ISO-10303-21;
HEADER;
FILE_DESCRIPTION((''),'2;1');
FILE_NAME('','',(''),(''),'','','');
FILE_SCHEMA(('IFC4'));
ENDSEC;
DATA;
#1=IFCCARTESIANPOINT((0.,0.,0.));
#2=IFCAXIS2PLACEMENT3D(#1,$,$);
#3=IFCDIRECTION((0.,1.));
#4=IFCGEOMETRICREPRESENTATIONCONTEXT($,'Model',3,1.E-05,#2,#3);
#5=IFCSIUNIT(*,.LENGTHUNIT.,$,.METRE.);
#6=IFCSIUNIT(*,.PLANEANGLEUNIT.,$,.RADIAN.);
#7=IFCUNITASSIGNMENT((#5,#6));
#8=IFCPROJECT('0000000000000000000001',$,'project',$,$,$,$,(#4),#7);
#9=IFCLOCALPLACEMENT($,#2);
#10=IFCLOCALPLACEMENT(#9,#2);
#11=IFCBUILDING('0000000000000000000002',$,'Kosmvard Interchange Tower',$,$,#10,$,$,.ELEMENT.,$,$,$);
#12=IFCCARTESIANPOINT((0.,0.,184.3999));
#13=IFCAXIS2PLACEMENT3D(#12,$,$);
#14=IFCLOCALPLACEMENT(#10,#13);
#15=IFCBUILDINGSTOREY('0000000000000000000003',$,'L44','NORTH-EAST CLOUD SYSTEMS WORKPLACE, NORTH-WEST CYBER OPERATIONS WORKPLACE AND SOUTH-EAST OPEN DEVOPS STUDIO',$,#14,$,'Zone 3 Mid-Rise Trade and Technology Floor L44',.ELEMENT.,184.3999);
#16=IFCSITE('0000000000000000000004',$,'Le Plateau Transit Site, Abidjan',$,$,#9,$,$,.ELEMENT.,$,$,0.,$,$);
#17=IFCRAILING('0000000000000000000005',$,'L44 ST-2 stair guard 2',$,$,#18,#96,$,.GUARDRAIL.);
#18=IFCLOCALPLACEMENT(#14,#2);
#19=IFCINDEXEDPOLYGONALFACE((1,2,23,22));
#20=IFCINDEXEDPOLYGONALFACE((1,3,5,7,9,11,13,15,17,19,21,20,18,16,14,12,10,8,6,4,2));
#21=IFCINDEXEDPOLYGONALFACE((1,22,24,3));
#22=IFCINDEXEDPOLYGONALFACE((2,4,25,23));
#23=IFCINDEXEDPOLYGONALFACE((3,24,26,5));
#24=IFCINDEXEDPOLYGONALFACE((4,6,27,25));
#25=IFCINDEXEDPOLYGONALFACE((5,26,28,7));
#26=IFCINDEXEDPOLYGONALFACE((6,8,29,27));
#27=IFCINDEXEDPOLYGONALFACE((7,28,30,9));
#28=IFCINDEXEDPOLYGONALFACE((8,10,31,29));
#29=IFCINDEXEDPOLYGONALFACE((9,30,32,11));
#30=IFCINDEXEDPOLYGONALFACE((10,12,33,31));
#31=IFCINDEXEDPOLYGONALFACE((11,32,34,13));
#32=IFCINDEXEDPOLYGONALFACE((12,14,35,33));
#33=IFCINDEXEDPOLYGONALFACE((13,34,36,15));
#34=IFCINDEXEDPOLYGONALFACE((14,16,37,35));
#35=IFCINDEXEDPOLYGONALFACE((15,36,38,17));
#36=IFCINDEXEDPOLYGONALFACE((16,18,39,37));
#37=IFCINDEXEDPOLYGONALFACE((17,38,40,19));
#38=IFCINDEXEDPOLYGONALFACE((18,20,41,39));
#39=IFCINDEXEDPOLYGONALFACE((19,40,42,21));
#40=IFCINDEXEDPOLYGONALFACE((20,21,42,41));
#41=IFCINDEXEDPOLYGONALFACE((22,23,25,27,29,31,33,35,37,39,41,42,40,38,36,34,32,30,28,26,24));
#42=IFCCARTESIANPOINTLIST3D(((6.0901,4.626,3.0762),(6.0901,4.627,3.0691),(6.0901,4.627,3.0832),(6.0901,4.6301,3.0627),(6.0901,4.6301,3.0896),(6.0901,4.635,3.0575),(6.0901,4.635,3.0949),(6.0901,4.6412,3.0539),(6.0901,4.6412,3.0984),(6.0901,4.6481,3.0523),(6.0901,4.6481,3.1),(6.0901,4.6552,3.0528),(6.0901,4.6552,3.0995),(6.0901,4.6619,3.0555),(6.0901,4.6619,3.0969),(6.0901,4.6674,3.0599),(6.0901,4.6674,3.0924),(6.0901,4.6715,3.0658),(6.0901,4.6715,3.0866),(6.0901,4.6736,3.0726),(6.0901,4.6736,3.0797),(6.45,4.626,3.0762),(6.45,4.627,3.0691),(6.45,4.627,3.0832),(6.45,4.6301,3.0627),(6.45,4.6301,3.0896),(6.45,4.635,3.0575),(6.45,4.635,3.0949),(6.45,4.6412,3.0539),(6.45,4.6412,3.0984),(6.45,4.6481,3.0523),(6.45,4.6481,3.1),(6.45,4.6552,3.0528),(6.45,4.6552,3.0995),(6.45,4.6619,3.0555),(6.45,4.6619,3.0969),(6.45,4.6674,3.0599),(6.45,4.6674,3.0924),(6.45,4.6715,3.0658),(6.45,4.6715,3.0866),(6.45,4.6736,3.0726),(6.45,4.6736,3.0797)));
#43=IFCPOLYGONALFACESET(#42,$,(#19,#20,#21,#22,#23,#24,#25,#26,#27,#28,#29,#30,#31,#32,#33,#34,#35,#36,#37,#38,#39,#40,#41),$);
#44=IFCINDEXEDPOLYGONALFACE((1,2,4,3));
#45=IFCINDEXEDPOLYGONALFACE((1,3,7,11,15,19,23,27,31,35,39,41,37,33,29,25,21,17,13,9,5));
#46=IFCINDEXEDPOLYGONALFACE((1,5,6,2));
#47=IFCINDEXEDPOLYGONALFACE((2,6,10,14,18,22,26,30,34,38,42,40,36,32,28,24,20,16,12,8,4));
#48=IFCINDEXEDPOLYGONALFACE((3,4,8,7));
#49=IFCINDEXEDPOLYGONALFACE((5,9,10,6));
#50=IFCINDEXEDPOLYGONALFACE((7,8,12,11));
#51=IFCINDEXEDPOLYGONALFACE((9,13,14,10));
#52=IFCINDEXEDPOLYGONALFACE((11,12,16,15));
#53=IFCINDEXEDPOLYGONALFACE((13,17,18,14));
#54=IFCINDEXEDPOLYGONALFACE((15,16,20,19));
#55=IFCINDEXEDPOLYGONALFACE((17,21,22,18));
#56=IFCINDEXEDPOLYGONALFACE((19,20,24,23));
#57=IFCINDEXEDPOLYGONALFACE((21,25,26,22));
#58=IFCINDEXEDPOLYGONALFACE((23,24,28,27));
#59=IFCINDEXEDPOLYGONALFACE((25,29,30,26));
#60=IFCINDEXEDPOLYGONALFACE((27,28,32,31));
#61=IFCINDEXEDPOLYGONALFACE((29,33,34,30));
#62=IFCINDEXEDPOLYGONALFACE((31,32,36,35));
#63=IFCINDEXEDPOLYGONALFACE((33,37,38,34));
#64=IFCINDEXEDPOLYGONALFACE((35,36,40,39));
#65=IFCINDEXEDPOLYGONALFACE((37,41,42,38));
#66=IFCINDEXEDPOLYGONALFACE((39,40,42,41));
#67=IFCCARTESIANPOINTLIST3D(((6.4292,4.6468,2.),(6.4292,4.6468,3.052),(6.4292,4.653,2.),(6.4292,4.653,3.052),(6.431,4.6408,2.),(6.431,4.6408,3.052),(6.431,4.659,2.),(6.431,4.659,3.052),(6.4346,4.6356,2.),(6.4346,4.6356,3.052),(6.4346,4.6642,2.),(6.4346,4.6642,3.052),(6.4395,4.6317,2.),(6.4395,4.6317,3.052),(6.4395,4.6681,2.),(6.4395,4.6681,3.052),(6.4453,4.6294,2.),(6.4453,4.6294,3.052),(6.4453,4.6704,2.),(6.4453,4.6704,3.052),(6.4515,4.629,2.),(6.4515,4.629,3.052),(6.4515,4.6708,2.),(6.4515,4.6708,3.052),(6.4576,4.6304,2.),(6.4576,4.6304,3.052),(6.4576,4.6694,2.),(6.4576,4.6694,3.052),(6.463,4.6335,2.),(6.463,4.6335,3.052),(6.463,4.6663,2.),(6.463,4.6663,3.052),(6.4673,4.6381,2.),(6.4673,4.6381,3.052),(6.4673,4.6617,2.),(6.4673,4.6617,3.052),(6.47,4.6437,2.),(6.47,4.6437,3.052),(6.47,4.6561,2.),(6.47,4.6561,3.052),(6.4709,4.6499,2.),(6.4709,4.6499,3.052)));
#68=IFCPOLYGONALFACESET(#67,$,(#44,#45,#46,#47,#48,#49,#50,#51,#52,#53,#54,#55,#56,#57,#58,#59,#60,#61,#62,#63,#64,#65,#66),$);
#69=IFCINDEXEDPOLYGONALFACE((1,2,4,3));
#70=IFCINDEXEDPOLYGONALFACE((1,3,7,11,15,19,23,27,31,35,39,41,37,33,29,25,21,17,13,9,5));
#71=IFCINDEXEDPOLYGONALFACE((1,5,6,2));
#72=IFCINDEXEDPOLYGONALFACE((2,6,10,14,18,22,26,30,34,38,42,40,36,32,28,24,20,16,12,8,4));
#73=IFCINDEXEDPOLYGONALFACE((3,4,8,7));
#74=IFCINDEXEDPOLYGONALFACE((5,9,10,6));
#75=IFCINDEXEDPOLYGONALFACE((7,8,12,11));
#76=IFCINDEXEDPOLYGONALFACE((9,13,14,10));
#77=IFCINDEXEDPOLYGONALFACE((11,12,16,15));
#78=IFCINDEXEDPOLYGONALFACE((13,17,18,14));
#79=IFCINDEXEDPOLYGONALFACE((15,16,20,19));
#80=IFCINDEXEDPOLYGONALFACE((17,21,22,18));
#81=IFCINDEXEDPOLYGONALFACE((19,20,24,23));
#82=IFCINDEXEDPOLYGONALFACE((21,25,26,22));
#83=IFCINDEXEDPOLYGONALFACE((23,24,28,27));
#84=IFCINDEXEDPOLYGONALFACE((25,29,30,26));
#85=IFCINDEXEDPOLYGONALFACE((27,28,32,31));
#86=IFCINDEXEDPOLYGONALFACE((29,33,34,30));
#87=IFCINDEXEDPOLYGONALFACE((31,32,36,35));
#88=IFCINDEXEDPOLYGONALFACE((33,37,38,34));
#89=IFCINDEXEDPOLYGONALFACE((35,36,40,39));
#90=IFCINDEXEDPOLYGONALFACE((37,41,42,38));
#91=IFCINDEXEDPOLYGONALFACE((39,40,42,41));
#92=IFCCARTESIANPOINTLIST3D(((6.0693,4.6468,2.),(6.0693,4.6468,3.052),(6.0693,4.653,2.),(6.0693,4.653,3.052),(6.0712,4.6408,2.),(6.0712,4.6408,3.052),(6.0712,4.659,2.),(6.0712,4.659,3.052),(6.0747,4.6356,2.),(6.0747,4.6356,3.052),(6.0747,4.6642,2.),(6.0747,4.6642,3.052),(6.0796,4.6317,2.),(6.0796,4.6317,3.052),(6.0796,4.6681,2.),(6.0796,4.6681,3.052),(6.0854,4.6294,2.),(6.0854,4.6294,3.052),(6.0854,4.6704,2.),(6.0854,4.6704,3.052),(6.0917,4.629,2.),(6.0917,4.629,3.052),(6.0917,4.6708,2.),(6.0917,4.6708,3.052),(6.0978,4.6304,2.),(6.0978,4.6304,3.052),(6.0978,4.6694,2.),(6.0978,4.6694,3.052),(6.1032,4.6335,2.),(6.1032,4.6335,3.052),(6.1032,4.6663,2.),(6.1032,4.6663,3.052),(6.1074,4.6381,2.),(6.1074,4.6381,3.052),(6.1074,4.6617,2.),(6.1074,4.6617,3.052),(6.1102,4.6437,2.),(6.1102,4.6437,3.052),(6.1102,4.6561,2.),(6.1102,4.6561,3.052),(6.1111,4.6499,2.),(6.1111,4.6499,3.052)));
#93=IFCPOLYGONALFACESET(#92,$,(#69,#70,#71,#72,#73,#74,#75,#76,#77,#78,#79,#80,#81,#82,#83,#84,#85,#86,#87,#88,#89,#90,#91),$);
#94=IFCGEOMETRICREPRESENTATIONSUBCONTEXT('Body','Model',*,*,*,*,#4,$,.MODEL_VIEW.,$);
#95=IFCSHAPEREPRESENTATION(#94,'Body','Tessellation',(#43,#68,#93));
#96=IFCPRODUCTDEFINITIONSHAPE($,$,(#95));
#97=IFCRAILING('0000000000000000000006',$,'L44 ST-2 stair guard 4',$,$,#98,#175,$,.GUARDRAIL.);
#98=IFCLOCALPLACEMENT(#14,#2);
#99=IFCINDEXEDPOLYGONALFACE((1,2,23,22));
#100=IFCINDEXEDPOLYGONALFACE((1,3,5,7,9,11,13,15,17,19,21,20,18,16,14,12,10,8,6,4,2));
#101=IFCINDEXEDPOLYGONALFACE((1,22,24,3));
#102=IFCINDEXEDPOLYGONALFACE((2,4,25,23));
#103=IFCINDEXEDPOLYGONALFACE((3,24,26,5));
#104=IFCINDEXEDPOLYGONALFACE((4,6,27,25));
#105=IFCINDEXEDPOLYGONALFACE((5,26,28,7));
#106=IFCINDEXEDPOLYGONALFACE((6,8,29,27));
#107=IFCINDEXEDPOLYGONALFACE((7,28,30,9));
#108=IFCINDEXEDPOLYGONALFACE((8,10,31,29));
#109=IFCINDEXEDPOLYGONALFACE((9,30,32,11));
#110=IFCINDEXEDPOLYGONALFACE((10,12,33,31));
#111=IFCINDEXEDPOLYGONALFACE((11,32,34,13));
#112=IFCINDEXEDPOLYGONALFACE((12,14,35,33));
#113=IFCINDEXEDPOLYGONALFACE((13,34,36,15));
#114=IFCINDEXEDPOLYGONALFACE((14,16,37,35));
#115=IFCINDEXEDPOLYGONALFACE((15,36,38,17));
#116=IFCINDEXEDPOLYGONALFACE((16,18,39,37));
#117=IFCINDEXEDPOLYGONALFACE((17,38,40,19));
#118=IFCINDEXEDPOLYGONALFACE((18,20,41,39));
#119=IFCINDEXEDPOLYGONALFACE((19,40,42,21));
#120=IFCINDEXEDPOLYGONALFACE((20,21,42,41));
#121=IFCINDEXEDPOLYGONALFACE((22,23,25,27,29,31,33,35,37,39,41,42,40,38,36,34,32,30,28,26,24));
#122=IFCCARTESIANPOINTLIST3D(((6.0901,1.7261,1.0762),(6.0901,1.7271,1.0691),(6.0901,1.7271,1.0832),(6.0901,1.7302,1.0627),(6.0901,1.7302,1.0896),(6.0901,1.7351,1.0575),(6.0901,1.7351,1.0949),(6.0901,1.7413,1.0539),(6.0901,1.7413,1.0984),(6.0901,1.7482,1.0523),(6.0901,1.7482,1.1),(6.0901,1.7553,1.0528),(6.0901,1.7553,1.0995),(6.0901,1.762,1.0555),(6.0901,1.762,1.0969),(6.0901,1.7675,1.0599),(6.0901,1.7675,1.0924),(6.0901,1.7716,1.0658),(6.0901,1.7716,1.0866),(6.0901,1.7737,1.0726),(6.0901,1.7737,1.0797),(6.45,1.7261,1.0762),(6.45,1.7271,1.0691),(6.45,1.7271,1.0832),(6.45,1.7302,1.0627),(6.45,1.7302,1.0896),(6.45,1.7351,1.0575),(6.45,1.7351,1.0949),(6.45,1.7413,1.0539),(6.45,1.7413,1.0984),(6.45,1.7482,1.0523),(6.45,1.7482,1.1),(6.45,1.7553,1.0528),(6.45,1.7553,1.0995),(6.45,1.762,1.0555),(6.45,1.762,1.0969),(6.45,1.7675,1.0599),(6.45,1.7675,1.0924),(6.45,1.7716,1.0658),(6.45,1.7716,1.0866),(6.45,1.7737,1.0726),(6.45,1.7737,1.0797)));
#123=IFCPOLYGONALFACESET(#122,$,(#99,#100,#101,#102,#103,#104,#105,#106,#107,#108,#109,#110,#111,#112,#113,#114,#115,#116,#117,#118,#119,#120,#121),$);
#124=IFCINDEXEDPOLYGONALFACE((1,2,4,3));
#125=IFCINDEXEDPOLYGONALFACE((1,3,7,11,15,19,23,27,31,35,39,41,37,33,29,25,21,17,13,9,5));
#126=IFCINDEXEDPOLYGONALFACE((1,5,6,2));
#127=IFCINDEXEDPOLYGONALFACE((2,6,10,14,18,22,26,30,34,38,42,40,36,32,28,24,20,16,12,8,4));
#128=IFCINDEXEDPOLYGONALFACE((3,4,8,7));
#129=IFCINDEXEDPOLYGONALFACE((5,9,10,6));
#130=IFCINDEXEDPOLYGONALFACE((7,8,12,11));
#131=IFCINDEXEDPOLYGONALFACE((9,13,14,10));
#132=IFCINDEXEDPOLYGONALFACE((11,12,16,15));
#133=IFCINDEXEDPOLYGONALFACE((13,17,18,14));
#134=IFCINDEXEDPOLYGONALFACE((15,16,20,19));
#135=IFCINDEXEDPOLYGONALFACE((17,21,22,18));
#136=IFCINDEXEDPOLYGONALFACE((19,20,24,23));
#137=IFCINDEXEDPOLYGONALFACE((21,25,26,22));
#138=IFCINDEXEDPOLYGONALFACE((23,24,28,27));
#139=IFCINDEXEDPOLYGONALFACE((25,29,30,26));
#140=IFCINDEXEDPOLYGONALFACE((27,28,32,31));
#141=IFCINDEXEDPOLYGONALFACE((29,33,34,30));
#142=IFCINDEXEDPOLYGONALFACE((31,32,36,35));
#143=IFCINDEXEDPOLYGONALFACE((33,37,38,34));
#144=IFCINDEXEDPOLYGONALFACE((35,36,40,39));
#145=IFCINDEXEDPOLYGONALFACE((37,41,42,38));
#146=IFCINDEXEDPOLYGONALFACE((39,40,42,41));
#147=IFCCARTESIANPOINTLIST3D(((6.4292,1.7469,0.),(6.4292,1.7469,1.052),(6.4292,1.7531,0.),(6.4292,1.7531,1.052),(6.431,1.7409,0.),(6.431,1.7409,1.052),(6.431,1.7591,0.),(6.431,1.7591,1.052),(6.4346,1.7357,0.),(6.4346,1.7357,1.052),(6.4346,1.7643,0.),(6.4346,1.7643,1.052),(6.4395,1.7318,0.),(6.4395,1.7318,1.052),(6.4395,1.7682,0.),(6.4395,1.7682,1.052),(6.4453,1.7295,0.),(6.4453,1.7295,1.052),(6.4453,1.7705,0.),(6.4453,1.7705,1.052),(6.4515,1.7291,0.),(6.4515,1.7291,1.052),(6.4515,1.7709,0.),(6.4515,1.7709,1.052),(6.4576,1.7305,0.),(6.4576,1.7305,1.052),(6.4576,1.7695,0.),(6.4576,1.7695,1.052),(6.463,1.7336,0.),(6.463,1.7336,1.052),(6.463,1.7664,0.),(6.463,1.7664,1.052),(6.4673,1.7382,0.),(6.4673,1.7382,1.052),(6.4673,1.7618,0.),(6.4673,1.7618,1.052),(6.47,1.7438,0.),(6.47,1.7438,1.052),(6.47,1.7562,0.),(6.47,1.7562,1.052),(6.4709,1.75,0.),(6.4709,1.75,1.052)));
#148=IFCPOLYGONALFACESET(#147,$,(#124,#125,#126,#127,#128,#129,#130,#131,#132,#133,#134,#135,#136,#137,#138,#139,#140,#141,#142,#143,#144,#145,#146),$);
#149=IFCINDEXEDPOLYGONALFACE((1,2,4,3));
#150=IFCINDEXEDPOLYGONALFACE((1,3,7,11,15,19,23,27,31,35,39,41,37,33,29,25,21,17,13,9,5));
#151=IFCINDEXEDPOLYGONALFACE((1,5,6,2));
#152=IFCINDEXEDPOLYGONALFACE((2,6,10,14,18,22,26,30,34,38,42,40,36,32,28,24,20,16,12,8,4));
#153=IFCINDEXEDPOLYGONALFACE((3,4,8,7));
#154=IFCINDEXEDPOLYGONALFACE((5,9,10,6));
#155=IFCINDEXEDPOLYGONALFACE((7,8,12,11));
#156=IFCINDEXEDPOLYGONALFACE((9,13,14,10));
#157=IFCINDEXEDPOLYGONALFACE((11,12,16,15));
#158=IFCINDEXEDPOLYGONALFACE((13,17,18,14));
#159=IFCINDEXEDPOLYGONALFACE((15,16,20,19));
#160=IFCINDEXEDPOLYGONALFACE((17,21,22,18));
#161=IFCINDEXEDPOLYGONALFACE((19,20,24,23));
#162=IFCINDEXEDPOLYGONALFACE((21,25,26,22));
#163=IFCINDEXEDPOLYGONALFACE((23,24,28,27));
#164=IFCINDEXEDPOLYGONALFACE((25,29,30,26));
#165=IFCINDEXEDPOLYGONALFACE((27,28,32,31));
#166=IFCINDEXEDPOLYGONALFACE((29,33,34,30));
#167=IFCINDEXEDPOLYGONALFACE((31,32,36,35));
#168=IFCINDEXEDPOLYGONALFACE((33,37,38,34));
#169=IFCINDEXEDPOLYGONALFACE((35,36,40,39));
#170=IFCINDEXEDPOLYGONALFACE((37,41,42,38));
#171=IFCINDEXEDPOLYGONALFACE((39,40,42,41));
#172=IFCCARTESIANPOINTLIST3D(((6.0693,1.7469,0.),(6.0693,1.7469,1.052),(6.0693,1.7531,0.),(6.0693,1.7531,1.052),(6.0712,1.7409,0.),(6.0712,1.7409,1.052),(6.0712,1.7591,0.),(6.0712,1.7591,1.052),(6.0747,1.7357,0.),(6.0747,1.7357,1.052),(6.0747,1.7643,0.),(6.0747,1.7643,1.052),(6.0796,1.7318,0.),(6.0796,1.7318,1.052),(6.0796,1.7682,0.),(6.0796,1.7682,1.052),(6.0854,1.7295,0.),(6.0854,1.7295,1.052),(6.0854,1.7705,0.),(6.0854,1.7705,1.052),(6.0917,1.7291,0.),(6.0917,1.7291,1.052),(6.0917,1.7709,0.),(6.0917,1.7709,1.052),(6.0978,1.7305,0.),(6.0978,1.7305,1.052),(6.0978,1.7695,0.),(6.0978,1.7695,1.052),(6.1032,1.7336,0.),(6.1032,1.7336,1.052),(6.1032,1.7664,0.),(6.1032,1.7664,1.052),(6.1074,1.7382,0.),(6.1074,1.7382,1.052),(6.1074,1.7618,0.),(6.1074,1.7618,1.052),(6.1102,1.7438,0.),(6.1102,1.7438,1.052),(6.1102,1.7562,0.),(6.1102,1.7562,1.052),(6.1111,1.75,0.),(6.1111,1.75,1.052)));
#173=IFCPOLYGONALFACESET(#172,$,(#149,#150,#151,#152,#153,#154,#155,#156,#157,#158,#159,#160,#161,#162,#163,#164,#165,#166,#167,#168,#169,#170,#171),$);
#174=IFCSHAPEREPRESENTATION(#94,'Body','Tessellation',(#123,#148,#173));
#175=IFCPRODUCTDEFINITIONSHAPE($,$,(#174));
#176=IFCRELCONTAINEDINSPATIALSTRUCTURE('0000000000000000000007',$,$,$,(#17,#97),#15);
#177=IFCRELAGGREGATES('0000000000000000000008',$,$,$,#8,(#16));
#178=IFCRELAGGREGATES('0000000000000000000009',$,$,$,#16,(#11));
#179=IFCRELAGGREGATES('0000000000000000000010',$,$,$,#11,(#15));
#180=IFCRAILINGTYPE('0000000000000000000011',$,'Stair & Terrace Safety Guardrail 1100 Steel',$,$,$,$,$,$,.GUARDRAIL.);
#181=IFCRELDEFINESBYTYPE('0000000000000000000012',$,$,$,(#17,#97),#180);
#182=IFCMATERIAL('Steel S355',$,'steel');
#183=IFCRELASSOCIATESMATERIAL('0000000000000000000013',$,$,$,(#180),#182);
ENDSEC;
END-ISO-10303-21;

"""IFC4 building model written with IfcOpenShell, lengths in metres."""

from ifc_helpers import new_model, si_unit, direction, frame, origin, origin_2d, place, context, subcontext, project, spatial, circle, extrude, source, transform, mapped, material, type_object, element, save


model = new_model("IFC4")

# Units and contexts
model_context = context("Model", 3, precision=1e-05, world=origin(), true_north=direction((0.0, 1.0)))
body_context = subcontext(model_context, "Body", "Model", "MODEL_VIEW")
ifc_project = project(units=[si_unit("LENGTHUNIT", "METRE"), si_unit("PLANEANGLEUNIT", "RADIAN")], contexts=[model_context])

# Site, building, storey
site_placement = place(None, origin())
site = spatial("IfcSite", under=ifc_project, at=site_placement, Name="Le Plateau Transit Site, Abidjan", CompositionType="ELEMENT", RefElevation=0.0)
building_placement = place(site_placement, origin())
building = spatial("IfcBuilding", under=site, at=building_placement, Name="Kosmvard Interchange Tower", CompositionType="ELEMENT")
storey_placement = place(building_placement, frame((0.0, 0.0, 184.3999)))
storey = spatial("IfcBuildingStorey", under=building, at=storey_placement, Name="L44", Description="NORTH-EAST CLOUD SYSTEMS WORKPLACE, NORTH-WEST CYBER OPERATIONS WORKPLACE AND SOUTH-EAST OPEN DEVOPS STUDIO", LongName="Zone 3 Mid-Rise Trade and Technology Floor L44", CompositionType="ELEMENT", Elevation=184.3999)

# Railings
ifc_material_1 = material(Name="Steel S355", Category="steel")
railing_type_1 = type_object("IfcRailingType", Name="Stair & Terrace Safety Guardrail 1100 Steel", PredefinedType="GUARDRAIL", material=ifc_material_1)
shared_shape_1 = source(origin(), body_context, "Body", "SweptSolid", [
    extrude(circle(Radius=0.0239, at=origin_2d()), frame((0.0, 0.0, 1.0762), z_axis=(-1.0, 0.0, 0.0), x_axis=(0.0, -1.0, 0.0)), (0.0, 0.0, 1.0), 0.3599),
    extrude(circle(Radius=0.021, at=origin_2d()), origin(), (0.0, 0.0, 1.0), 1.052),
    extrude(circle(Radius=0.021, at=origin_2d()), frame((-0.3599, 0.0, 0.0)), (0.0, 0.0, 1.0), 1.052),
])
for number, where, name in (
    (1, (6.45, 4.6499, 2.0), "L44 ST-2 stair guard 2"),
    (2, (6.45, 1.75, 0.0), "L44 ST-2 stair guard 4"),
):
    element("IfcRailing", number, at=place(storey_placement, frame(where)), inside=storey, type_object=railing_type_1, Name=name, PredefinedType="GUARDRAIL", context=body_context, shape_type="MappedRepresentation", body=[
        mapped(shared_shape_1, transform((0.0, 0.0, 0.0), scale=1.0)),
    ])

save(model, "model.ifc")
